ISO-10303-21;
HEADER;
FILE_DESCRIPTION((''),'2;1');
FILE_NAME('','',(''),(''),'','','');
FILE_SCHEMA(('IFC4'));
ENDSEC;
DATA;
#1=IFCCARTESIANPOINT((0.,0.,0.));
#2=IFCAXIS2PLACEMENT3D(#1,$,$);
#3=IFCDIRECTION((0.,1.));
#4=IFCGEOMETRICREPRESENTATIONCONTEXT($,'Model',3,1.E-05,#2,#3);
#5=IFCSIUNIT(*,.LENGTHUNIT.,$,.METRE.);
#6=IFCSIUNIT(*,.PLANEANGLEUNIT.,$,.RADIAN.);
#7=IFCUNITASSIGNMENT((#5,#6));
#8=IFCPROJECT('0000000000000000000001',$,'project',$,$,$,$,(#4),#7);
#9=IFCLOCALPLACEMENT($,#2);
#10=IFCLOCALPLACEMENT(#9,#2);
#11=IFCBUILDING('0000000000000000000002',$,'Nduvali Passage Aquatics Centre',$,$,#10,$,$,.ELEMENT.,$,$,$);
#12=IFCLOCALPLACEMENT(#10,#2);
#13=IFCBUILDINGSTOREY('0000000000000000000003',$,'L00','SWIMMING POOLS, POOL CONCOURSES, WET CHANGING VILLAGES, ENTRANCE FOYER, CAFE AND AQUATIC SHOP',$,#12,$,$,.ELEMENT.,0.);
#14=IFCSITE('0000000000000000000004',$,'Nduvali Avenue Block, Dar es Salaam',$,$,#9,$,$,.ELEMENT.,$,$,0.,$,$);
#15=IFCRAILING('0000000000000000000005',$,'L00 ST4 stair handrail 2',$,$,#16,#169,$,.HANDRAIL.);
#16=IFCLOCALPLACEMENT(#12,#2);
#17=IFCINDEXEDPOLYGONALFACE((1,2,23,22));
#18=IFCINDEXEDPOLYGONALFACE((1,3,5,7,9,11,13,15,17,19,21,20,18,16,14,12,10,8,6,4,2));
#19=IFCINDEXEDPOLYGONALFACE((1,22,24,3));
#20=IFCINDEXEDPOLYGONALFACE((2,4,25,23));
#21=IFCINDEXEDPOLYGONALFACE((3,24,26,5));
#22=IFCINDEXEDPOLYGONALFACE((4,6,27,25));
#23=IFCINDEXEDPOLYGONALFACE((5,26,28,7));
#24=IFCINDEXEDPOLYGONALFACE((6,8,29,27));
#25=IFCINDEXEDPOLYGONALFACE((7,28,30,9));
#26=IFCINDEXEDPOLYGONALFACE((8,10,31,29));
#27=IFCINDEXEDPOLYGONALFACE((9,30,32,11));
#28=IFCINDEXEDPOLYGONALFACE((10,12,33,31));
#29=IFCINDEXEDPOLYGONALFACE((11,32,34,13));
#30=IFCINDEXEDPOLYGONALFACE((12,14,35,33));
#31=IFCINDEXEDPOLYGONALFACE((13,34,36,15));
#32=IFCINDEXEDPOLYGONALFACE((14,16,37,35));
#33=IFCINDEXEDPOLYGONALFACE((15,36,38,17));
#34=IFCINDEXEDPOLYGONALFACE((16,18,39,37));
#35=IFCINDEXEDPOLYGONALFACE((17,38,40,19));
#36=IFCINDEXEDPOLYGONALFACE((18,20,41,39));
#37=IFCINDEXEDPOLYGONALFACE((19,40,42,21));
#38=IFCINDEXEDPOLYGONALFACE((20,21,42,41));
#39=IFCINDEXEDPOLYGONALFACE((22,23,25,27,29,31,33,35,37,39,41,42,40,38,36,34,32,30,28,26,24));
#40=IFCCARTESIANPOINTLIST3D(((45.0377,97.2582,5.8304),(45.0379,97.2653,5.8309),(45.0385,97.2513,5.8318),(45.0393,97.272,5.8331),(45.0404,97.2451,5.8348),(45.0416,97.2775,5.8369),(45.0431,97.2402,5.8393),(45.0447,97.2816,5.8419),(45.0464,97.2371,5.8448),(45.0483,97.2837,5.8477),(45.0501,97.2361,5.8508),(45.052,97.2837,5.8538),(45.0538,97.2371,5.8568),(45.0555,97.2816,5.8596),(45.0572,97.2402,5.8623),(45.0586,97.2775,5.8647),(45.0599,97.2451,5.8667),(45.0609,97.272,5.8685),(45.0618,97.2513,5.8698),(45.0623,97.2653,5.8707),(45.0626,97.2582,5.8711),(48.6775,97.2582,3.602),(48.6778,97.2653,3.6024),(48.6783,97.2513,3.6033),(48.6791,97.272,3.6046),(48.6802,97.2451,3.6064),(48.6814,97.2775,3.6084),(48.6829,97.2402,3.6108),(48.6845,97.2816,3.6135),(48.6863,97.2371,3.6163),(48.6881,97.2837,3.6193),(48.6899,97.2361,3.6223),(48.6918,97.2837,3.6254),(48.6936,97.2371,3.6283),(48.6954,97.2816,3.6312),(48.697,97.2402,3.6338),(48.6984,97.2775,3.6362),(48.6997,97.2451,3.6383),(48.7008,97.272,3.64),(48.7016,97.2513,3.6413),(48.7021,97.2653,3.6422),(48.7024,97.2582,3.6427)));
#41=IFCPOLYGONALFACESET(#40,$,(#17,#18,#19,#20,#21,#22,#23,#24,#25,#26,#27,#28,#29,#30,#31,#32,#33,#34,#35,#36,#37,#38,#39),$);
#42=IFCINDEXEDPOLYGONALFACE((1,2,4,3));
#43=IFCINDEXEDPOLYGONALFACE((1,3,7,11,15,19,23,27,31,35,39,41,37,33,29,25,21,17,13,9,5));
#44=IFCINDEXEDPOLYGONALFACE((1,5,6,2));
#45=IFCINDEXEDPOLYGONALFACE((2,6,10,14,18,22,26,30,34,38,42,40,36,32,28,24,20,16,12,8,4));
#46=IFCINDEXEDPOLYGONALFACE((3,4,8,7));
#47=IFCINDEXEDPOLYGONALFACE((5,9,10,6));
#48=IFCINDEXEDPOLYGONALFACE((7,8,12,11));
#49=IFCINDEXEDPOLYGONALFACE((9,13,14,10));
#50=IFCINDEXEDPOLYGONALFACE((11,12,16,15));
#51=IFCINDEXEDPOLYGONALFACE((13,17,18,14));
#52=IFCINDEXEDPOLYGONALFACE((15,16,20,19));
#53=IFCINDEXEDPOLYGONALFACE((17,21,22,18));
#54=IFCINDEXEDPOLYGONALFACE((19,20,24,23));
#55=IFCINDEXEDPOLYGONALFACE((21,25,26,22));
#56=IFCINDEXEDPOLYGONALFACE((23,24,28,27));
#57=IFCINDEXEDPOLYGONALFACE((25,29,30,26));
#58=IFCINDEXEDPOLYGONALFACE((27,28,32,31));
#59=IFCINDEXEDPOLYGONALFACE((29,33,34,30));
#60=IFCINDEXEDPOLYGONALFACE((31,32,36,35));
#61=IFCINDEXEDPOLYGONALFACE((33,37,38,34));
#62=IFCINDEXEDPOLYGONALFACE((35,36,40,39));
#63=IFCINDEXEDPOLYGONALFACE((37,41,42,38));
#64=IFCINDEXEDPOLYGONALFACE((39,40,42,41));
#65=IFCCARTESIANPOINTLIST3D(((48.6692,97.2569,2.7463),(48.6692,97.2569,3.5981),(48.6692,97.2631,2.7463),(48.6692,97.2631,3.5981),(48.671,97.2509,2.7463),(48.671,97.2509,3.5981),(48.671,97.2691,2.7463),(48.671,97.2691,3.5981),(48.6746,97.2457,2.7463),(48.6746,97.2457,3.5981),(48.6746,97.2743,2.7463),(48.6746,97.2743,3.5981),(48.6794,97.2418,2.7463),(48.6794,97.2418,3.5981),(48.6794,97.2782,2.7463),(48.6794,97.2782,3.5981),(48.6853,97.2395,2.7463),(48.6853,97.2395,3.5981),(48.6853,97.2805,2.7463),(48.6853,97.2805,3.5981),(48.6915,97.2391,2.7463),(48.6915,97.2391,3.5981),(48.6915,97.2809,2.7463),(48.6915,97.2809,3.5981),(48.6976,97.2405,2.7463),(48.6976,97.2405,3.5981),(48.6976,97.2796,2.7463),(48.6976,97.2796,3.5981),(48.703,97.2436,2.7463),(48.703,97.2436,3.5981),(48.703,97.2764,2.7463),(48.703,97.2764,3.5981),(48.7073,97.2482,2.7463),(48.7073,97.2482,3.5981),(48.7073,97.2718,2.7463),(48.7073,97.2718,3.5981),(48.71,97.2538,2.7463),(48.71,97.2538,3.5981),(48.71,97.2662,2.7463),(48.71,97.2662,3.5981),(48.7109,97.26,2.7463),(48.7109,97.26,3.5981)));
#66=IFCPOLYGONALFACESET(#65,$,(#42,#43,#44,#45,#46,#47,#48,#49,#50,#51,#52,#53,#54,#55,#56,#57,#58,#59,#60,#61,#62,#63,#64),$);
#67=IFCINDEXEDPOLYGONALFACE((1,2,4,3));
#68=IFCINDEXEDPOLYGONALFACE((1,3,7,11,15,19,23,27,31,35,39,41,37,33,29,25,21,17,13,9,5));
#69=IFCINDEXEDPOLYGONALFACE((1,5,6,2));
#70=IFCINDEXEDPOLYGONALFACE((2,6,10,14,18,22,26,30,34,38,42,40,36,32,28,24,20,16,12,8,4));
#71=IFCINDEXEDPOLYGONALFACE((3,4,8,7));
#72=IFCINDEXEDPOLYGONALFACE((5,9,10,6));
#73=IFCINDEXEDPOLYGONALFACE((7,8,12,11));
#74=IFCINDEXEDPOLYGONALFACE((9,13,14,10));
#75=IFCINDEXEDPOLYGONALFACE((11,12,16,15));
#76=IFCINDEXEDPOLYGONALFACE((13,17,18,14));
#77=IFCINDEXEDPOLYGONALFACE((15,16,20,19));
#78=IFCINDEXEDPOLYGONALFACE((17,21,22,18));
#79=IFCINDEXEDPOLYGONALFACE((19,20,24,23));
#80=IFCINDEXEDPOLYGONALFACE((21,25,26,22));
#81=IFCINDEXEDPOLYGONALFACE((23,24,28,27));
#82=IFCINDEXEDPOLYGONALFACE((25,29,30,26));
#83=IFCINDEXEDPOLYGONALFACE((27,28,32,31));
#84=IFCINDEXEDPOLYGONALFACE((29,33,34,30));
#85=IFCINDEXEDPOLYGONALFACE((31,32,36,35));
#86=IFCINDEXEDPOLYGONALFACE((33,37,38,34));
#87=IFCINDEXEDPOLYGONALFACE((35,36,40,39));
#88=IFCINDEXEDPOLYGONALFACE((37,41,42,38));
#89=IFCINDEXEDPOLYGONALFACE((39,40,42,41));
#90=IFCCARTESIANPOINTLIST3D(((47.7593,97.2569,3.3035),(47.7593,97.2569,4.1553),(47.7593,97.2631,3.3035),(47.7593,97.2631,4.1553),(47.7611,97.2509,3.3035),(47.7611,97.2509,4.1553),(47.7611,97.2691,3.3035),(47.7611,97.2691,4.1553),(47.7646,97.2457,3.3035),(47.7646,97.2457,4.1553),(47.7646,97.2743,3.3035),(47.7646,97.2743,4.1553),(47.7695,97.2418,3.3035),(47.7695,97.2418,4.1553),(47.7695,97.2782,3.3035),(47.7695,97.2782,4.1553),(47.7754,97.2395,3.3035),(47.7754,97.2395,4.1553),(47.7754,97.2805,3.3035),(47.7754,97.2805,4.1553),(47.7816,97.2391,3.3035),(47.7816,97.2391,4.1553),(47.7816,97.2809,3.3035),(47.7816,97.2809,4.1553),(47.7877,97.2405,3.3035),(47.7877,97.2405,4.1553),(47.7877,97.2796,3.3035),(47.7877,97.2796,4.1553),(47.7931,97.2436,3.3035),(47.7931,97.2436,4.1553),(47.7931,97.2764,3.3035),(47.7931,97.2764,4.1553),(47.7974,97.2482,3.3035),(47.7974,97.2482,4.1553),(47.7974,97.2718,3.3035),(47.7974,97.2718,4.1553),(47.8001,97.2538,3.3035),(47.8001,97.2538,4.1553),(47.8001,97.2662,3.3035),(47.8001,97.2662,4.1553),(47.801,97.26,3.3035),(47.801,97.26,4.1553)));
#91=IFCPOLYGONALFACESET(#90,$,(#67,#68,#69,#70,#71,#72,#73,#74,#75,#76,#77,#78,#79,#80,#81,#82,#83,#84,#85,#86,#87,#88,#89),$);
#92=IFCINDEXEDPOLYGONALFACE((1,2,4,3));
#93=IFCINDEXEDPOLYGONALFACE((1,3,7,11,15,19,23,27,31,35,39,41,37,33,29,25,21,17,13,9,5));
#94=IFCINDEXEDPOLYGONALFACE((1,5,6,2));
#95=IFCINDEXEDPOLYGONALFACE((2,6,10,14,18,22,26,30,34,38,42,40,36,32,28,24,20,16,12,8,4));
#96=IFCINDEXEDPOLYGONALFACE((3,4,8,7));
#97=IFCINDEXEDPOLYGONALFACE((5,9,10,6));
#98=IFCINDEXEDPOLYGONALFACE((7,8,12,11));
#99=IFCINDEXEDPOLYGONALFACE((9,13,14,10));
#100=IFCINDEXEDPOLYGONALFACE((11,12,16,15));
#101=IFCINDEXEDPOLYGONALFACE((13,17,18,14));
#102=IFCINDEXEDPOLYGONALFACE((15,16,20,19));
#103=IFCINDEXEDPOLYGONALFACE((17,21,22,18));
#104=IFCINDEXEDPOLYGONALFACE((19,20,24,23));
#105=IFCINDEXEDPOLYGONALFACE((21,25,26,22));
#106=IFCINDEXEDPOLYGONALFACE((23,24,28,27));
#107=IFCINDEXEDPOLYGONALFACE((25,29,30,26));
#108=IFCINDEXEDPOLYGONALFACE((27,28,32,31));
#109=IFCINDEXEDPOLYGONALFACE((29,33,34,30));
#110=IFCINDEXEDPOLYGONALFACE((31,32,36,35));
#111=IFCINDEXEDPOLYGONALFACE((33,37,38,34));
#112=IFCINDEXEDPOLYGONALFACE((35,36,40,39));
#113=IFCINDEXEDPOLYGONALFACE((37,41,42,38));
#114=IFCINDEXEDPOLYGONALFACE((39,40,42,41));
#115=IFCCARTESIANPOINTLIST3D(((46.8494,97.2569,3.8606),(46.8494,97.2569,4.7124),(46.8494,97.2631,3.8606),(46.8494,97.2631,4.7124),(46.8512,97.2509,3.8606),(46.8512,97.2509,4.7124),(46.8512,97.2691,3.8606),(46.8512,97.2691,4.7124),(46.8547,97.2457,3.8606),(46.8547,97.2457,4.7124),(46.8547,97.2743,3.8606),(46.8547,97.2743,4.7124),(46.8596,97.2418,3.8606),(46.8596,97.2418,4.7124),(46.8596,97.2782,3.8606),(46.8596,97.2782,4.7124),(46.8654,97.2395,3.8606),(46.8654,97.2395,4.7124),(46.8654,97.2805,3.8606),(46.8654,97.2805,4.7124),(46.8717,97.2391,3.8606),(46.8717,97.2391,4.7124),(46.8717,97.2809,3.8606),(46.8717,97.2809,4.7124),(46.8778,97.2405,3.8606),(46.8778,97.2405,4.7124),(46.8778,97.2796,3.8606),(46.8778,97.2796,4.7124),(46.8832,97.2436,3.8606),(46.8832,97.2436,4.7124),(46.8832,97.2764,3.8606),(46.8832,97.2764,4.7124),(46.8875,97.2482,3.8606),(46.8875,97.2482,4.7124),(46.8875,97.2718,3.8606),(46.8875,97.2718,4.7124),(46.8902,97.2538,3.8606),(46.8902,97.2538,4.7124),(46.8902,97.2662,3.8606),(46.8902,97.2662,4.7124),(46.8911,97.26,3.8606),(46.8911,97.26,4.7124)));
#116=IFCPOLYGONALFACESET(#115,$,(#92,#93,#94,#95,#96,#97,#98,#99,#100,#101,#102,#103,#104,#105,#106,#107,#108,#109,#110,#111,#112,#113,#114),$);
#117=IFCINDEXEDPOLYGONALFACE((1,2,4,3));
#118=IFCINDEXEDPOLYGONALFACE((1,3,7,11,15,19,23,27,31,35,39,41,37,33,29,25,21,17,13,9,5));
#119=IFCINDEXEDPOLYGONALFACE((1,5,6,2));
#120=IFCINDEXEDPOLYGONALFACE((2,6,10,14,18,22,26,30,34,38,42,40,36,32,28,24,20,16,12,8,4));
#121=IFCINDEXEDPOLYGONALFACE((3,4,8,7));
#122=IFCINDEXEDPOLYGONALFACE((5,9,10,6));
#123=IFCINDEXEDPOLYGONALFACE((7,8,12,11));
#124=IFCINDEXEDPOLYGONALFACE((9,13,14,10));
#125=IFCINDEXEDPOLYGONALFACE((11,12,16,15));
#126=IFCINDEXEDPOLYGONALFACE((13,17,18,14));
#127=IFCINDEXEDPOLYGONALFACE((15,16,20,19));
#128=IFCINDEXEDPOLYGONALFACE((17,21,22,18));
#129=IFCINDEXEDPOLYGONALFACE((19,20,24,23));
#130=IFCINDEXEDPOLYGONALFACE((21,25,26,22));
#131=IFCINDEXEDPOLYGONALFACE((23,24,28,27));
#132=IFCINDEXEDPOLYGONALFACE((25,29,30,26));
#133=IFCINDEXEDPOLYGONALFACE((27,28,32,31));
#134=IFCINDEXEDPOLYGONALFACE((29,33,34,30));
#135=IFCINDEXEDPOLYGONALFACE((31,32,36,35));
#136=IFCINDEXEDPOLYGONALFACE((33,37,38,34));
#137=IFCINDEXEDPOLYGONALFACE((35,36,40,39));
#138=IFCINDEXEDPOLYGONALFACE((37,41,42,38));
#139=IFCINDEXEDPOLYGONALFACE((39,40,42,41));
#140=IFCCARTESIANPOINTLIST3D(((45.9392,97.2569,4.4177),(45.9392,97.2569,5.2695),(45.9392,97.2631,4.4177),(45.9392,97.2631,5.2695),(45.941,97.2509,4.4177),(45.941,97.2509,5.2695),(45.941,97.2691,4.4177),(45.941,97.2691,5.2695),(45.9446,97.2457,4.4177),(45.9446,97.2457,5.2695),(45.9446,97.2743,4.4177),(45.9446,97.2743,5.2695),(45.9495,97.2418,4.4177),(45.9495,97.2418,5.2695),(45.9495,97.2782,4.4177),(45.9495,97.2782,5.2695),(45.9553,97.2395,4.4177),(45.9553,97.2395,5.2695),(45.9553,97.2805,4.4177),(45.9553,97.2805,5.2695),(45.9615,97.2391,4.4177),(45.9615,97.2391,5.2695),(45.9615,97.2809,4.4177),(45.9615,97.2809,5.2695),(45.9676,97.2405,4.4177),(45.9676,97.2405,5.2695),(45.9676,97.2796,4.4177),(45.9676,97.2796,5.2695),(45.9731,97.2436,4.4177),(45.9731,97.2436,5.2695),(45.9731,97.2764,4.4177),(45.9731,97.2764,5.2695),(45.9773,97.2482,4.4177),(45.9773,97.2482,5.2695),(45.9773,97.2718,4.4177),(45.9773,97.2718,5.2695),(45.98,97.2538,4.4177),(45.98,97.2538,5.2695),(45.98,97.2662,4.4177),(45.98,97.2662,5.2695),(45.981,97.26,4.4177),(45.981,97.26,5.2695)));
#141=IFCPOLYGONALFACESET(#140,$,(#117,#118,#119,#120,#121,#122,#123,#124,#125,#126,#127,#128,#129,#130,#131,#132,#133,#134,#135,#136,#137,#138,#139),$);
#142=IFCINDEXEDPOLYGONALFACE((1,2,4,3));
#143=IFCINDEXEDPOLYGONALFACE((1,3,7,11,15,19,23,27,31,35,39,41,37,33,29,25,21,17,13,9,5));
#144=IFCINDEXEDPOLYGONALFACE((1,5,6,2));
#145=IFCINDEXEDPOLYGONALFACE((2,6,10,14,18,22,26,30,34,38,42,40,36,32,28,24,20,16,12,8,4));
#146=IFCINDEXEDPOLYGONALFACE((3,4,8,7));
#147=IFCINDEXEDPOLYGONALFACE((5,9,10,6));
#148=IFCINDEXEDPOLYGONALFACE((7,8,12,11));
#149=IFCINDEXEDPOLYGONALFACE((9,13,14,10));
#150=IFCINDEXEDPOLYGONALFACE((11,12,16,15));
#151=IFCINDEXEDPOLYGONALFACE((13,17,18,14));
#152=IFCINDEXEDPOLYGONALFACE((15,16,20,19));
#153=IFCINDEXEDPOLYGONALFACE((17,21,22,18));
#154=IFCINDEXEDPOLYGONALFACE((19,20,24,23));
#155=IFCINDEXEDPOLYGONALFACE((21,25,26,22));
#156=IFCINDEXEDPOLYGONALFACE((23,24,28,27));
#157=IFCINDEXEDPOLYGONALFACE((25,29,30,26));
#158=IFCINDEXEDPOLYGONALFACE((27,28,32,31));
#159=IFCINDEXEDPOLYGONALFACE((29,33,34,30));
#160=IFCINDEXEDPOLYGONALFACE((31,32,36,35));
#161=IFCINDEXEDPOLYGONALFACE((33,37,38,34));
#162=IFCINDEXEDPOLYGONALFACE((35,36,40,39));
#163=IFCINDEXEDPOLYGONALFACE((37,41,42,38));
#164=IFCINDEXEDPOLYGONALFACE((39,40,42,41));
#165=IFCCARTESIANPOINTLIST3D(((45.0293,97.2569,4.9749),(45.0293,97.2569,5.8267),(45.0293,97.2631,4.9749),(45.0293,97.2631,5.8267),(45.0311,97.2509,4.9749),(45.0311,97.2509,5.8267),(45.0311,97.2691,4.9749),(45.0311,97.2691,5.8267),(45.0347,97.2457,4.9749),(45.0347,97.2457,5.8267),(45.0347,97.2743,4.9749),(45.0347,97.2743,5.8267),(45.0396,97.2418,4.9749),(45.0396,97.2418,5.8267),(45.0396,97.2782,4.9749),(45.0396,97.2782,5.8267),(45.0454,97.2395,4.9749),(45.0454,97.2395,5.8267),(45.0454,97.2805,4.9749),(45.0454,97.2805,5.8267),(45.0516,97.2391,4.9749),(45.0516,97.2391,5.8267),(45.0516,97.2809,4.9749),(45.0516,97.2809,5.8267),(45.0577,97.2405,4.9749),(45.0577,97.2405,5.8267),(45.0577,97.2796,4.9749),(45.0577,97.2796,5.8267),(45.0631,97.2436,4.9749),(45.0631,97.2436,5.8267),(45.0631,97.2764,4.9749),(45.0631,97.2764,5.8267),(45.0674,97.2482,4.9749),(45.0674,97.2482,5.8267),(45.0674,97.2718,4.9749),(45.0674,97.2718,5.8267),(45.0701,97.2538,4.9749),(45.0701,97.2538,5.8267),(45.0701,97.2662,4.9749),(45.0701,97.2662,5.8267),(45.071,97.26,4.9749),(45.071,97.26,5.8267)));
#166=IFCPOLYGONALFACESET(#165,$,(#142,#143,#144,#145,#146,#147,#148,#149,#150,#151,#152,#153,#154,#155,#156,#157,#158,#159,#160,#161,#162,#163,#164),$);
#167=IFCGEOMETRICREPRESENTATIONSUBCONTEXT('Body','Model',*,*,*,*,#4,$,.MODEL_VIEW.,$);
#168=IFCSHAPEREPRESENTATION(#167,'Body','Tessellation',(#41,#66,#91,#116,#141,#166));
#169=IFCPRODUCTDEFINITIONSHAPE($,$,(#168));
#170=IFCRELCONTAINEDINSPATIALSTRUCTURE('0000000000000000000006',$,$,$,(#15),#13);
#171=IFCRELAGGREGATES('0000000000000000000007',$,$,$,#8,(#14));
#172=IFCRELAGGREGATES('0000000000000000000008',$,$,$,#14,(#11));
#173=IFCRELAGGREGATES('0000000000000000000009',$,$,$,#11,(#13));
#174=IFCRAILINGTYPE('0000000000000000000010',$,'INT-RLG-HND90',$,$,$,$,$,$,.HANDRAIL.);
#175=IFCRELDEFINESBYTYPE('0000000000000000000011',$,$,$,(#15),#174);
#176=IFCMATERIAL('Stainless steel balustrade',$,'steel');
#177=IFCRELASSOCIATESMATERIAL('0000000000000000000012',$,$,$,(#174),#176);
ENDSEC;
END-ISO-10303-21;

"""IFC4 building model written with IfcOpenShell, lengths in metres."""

from ifc_helpers import new_model, si_unit, direction, frame, origin, origin_2d, place, context, subcontext, project, spatial, circle, extrude, material, type_object, element, save


model = new_model("IFC4")

# Units and contexts
model_context = context("Model", 3, precision=1e-05, world=origin(), true_north=direction((0.0, 1.0)))
body_context = subcontext(model_context, "Body", "Model", "MODEL_VIEW")
ifc_project = project(units=[si_unit("LENGTHUNIT", "METRE"), si_unit("PLANEANGLEUNIT", "RADIAN")], contexts=[model_context])

# Site, building, storey
site_placement = place(None, origin())
site = spatial("IfcSite", under=ifc_project, at=site_placement, Name="Nduvali Avenue Block, Dar es Salaam", CompositionType="ELEMENT", RefElevation=0.0)
building_placement = place(site_placement, origin())
building = spatial("IfcBuilding", under=site, at=building_placement, Name="Nduvali Passage Aquatics Centre", CompositionType="ELEMENT")
storey_placement = place(building_placement, origin())
storey = spatial("IfcBuildingStorey", under=building, at=storey_placement, Name="L00", Description="SWIMMING POOLS, POOL CONCOURSES, WET CHANGING VILLAGES, ENTRANCE FOYER, CAFE AND AQUATIC SHOP", CompositionType="ELEMENT", Elevation=0.0)

# Railing
ifc_material_1 = material(Name="Stainless steel balustrade", Category="steel")
railing_type_1 = type_object("IfcRailingType", Name="INT-RLG-HND90", PredefinedType="HANDRAIL", material=ifc_material_1)
railing_1_placement = place(storey_placement, frame((48.6899, 97.26, 2.7463)))
element("IfcRailing", 1, at=railing_1_placement, inside=storey, type_object=railing_type_1, Name="L00 ST4 stair handrail 2", PredefinedType="HANDRAIL", context=body_context, shape_type="SweptSolid", body=[
    extrude(circle(Radius=0.0239, at=origin_2d()), frame((0.0, 0.0, 0.876), z_axis=(-0.85285, 0.0, 0.522156), x_axis=(0.0, -1.0, 0.0)), (0.0, 0.0, 1.0), 4.2678),
    extrude(circle(Radius=0.021, at=origin_2d()), origin(), (0.0, 0.0, 1.0), 0.8518),
    extrude(circle(Radius=0.021, at=origin_2d()), frame((-0.9099, 0.0, 0.5571)), (0.0, 0.0, 1.0), 0.8518),
    extrude(circle(Radius=0.021, at=origin_2d()), frame((-1.8198, 0.0, 1.1143)), (0.0, 0.0, 1.0), 0.8518),
    extrude(circle(Radius=0.021, at=origin_2d()), frame((-2.73, 0.0, 1.6714)), (0.0, 0.0, 1.0), 0.8518),
    extrude(circle(Radius=0.021, at=origin_2d()), frame((-3.6399, 0.0, 2.2285)), (0.0, 0.0, 1.0), 0.8518),
])

save(model, "model.ifc")
